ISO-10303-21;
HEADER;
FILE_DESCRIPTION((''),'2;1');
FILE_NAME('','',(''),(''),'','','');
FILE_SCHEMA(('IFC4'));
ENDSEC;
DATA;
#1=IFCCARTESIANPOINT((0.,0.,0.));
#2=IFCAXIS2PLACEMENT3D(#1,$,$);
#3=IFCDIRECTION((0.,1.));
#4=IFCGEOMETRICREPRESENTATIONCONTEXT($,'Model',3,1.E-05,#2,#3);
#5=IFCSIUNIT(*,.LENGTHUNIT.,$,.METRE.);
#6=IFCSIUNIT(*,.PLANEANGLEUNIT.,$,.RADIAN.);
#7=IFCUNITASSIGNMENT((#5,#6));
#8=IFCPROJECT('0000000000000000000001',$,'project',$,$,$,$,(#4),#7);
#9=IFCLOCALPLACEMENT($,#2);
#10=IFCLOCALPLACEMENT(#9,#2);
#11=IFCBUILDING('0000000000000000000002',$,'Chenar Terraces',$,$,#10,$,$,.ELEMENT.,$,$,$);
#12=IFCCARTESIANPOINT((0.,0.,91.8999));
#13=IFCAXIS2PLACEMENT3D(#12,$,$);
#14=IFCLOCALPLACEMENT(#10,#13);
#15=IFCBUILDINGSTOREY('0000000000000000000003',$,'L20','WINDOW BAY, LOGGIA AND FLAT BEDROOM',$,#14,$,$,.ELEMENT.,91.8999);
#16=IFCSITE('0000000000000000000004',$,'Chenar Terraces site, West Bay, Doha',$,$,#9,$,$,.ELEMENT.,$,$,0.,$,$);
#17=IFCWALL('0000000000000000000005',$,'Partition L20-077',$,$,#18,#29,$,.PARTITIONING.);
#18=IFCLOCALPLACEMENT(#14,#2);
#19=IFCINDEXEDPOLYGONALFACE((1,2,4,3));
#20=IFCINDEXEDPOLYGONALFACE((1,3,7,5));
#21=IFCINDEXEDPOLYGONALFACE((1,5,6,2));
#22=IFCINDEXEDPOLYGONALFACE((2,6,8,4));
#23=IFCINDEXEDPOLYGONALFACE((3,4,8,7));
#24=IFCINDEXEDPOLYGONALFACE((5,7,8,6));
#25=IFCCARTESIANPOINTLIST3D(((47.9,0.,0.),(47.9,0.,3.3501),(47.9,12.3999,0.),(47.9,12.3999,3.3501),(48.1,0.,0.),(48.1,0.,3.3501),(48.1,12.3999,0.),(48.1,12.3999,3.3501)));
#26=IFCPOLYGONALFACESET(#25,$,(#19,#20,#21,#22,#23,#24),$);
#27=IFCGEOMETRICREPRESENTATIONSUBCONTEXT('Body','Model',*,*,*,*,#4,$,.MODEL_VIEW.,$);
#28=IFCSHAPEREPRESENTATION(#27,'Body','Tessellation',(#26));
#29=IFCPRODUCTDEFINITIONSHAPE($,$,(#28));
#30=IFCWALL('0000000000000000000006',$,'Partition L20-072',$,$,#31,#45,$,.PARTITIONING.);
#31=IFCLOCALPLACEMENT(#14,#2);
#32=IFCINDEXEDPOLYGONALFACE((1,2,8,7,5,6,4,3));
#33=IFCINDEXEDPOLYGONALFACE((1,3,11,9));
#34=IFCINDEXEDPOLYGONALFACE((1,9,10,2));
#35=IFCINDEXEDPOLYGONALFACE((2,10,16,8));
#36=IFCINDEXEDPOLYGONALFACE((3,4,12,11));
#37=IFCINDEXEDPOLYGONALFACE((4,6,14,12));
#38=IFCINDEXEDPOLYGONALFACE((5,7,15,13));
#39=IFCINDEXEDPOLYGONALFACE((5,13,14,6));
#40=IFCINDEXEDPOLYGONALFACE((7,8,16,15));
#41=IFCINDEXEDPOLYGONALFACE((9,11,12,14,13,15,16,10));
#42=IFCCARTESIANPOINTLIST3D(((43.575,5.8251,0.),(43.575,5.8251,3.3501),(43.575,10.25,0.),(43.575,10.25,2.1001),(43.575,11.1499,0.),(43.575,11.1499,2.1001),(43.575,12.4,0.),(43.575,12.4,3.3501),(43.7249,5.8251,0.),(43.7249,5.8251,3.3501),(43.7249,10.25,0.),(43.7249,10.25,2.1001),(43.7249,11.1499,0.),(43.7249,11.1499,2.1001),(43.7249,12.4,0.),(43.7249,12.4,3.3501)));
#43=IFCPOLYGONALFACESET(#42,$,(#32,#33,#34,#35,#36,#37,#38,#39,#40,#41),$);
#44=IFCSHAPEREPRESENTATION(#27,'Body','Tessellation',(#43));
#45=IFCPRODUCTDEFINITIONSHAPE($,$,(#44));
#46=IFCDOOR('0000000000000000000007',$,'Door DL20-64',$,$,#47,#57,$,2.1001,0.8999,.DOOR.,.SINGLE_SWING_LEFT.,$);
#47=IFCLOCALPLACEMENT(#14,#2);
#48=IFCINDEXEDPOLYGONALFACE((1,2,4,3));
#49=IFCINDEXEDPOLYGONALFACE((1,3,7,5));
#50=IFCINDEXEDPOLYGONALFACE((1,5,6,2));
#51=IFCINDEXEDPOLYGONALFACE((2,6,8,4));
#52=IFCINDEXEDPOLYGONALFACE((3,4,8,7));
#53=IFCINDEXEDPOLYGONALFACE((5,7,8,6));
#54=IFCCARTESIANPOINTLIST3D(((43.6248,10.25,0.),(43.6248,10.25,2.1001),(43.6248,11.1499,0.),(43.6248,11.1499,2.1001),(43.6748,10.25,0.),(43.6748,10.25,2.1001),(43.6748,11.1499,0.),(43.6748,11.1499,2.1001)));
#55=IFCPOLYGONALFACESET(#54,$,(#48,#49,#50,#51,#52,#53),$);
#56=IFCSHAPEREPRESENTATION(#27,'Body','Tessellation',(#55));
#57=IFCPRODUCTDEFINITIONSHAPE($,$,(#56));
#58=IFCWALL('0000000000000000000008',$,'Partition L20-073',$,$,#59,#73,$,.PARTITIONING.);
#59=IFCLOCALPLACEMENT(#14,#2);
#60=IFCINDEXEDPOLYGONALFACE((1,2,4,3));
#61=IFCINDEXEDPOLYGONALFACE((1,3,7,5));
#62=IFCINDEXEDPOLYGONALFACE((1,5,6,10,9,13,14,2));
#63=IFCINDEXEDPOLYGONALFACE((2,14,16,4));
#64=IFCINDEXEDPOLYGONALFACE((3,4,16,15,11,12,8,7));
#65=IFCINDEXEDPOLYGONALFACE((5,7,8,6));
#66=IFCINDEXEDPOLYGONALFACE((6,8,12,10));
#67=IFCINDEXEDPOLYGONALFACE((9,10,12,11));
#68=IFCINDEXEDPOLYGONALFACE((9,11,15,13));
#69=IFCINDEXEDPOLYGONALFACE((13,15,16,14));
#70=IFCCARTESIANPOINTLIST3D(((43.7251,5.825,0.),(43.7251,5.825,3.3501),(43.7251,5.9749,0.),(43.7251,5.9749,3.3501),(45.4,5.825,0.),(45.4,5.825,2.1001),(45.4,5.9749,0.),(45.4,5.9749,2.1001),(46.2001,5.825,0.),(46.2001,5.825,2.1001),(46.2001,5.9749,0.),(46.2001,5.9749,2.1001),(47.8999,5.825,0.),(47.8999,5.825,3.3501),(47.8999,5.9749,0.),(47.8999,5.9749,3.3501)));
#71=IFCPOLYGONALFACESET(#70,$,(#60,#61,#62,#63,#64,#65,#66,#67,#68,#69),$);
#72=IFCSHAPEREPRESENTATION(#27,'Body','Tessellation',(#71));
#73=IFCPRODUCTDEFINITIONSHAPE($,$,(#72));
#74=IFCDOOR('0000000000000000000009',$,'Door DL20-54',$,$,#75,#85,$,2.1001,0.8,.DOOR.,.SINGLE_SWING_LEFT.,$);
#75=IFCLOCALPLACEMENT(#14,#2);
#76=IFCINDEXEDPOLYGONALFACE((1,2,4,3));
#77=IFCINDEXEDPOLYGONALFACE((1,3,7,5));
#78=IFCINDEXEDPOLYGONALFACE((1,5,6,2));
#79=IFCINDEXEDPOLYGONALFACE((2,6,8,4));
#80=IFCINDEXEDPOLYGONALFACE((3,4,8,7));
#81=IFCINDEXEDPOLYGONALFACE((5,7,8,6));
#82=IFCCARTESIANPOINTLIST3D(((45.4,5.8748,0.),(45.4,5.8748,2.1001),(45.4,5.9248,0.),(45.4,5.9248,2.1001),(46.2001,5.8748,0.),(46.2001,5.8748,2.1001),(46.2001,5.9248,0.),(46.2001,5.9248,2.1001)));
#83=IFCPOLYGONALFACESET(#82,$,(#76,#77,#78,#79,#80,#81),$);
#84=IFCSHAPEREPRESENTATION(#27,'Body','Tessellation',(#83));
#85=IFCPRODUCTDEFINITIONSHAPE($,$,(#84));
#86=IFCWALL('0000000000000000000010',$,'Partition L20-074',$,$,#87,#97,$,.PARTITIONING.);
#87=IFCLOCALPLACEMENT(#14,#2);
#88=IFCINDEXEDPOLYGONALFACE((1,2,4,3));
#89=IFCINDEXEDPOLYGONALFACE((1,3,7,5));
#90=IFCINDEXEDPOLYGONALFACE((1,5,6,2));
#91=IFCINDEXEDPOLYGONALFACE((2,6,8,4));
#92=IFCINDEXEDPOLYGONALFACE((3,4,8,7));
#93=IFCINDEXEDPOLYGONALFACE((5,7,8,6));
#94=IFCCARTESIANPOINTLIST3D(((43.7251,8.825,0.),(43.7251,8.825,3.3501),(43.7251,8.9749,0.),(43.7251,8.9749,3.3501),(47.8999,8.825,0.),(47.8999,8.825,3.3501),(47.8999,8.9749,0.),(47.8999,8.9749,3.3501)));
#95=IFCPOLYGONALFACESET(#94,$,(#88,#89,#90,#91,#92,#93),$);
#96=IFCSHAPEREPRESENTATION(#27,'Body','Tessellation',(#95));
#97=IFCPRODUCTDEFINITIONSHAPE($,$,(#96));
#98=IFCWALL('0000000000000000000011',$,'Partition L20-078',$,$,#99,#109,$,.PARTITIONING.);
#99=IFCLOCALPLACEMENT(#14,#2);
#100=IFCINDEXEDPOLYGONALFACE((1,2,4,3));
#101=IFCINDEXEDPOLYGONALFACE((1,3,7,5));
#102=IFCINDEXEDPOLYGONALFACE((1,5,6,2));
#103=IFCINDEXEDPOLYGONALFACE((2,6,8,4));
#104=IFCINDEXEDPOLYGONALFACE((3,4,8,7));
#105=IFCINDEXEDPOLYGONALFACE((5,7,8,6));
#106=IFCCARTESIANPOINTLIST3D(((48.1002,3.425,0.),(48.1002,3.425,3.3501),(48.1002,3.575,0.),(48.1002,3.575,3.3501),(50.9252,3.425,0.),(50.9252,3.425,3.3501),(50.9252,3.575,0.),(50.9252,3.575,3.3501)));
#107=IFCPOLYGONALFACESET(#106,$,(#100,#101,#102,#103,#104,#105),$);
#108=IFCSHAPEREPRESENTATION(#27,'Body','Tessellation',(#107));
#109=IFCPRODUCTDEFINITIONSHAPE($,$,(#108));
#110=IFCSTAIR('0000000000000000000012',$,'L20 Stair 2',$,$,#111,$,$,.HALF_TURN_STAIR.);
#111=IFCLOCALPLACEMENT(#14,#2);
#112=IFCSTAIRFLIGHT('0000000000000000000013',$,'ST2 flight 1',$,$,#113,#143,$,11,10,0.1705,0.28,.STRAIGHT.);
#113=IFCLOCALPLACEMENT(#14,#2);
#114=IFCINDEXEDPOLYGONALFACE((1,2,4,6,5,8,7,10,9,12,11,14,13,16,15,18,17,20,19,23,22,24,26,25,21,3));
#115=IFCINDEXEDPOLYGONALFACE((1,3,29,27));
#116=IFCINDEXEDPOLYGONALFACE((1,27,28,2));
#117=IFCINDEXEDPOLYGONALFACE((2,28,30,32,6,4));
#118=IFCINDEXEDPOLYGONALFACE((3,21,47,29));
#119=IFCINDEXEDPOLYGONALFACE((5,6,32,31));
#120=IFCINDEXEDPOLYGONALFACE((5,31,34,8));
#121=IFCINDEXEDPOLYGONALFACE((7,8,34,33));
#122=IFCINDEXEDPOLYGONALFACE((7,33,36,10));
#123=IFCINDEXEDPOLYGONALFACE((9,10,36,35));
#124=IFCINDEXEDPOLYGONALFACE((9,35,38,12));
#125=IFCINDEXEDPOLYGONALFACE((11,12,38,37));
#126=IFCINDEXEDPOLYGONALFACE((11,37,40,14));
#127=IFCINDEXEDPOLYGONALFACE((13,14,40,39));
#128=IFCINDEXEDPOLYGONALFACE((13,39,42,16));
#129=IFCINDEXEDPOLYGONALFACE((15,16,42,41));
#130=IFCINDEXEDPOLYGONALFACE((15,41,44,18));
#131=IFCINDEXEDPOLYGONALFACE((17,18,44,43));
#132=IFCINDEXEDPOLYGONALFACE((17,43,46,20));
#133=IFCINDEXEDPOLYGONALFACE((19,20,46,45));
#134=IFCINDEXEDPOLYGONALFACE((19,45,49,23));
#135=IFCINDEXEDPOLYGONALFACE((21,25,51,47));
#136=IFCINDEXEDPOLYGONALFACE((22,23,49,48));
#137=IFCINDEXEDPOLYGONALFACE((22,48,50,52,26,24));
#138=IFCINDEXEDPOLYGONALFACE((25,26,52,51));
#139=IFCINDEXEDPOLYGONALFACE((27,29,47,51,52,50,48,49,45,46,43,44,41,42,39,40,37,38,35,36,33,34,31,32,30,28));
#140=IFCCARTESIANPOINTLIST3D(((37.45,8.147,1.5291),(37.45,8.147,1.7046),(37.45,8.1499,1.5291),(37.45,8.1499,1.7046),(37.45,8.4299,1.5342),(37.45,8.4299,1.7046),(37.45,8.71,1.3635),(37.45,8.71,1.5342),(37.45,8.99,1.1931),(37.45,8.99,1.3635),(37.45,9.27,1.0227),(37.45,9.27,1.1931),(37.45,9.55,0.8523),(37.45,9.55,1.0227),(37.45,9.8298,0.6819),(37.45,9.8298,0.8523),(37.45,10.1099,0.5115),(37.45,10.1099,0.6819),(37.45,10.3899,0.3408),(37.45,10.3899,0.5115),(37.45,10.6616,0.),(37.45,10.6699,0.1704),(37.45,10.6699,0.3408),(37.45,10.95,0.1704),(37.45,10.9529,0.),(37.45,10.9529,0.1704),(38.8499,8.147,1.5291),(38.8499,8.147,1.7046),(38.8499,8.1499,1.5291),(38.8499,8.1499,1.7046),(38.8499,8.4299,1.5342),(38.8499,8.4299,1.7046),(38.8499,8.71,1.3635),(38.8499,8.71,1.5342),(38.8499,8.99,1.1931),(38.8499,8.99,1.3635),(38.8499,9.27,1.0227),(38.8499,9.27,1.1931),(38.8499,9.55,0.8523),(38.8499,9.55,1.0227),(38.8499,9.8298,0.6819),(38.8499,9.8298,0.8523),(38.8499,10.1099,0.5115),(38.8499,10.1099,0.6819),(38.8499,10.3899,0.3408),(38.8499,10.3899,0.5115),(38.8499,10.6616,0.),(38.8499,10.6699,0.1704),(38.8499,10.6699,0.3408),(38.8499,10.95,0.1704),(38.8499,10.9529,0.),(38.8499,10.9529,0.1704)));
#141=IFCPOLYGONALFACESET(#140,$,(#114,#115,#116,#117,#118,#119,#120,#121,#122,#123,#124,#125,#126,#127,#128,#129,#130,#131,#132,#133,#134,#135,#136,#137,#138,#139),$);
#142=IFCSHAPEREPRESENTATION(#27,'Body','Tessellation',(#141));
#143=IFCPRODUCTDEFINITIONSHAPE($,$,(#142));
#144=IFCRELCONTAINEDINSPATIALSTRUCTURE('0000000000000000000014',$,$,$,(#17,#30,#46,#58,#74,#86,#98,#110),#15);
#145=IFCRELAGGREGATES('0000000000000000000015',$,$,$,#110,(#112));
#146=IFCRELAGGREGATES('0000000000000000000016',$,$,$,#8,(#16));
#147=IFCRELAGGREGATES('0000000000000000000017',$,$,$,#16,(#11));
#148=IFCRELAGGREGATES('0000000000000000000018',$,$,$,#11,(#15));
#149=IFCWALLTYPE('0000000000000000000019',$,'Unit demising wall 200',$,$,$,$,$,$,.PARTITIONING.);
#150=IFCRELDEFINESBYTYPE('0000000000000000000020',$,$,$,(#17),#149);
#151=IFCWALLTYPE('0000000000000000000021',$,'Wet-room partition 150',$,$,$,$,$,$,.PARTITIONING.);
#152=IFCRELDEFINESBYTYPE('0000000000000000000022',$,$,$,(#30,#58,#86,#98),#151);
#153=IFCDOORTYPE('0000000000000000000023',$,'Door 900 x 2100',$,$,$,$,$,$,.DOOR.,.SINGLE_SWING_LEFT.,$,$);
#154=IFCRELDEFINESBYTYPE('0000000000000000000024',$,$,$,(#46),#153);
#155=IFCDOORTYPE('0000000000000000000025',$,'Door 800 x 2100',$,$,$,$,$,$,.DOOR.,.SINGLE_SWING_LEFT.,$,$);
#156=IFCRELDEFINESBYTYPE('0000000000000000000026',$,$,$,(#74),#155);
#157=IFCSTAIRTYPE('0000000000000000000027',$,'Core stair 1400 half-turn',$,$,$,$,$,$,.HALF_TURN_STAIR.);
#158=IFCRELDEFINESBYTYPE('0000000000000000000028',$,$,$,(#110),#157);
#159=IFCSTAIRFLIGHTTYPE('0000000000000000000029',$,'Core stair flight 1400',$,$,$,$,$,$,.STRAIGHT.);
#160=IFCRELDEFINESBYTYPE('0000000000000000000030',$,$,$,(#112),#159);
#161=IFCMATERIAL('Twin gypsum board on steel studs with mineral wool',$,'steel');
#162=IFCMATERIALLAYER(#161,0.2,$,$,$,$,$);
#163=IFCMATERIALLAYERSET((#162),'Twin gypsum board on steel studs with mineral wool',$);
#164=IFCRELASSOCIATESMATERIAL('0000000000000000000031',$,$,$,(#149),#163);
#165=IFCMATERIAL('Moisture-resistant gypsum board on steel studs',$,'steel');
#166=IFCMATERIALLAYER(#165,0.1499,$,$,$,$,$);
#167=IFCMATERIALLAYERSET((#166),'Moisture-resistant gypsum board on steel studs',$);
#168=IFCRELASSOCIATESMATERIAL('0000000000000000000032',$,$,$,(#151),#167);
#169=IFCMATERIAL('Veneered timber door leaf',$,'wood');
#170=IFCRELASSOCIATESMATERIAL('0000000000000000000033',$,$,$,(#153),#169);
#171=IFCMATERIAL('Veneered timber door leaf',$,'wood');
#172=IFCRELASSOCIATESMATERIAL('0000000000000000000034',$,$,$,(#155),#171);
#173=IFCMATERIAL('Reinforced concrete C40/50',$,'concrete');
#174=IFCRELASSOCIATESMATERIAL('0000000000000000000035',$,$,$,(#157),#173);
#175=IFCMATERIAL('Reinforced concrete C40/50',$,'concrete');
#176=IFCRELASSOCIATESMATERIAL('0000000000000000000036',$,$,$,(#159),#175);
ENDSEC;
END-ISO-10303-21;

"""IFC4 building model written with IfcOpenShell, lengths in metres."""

from ifc_helpers import new_model, si_unit, direction, frame, frame_2d, origin, place, context, subcontext, project, spatial, polyline, rectangle, outline, extrude, material, layer, layer_set, type_object, element, fill, aggregate, save


model = new_model("IFC4")

# Units and contexts
model_context = context("Model", 3, precision=1e-05, world=origin(), true_north=direction((0.0, 1.0)))
body_context = subcontext(model_context, "Body", "Model", "MODEL_VIEW")
ifc_project = project(units=[si_unit("LENGTHUNIT", "METRE"), si_unit("PLANEANGLEUNIT", "RADIAN")], contexts=[model_context])

# Site, building, storey
site_placement = place(None, origin())
site = spatial("IfcSite", under=ifc_project, at=site_placement, Name="Chenar Terraces site, West Bay, Doha", CompositionType="ELEMENT", RefElevation=0.0)
building_placement = place(site_placement, origin())
building = spatial("IfcBuilding", under=site, at=building_placement, Name="Chenar Terraces", CompositionType="ELEMENT")
storey_placement = place(building_placement, frame((0.0, 0.0, 91.8999)))
storey = spatial("IfcBuildingStorey", under=building, at=storey_placement, Name="L20", Description="WINDOW BAY, LOGGIA AND FLAT BEDROOM", CompositionType="ELEMENT", Elevation=91.8999)

# Wall
ifc_material_1 = material(Name="Twin gypsum board on steel studs with mineral wool", Category="steel")
ifc_layer_1 = layer(ifc_material_1, 0.2)
ifc_layer_set_1 = layer_set([ifc_layer_1], Name="Twin gypsum board on steel studs with mineral wool")
wall_type_1 = type_object("IfcWallType", Name="Unit demising wall 200", PredefinedType="PARTITIONING", material=ifc_layer_set_1)
wall_1_placement = place(storey_placement, frame((48.0, 0.0, 0.0), z_axis=(0.0, 0.0, 1.0), x_axis=(0.0, 1.0, 0.0)))
element("IfcWall", 1, at=wall_1_placement, inside=storey, type_object=wall_type_1, Name="Partition L20-077", PredefinedType="PARTITIONING", context=body_context, shape_type="SweptSolid", body=[
    extrude(rectangle(XDim=12.3999, YDim=0.2, at=frame_2d((6.2, 0.0))), origin(), (0.0, 0.0, 1.0), 3.3501),
])

# Walls, openings, doors
ifc_material_2 = material(Name="Moisture-resistant gypsum board on steel studs", Category="steel")
ifc_layer_2 = layer(ifc_material_2, 0.1499)
ifc_layer_set_2 = layer_set([ifc_layer_2], Name="Moisture-resistant gypsum board on steel studs")
wall_type_2 = type_object("IfcWallType", Name="Wet-room partition 150", PredefinedType="PARTITIONING", material=ifc_layer_set_2)
wall_2_placement = place(storey_placement, frame((43.6499, 5.825, 0.0), z_axis=(0.0, 0.0, 1.0), x_axis=(0.0, 1.0, 0.0)))
wall_2 = element("IfcWall", 2, at=wall_2_placement, inside=storey, type_object=wall_type_2, Name="Partition L20-072", PredefinedType="PARTITIONING", context=body_context, shape_type="SweptSolid", body=[
    extrude(rectangle(XDim=6.575, YDim=0.1499, at=frame_2d((3.2876, 0.0))), origin(), (0.0, 0.0, 1.0), 3.3501),
])
opening_1_placement = place(wall_2_placement, frame((4.425, 0.0, 0.0)))
opening_1 = element("IfcOpeningElement", 3, at=opening_1_placement, cuts=wall_2, PredefinedType="OPENING", context=body_context, shape_type="SweptSolid", body=[
    extrude(rectangle(XDim=0.8999, YDim=2.1001, at=frame_2d((0.45, 1.05))), frame((0.0, 0.085, 0.0), z_axis=(0.0, -1.0, 0.0), x_axis=(1.0, 0.0, 0.0)), (0.0, 0.0, 1.0), 0.1699),
])
ifc_material_3 = material(Name="Veneered timber door leaf", Category="wood")
door_type_1 = type_object("IfcDoorType", Name="Door 900 x 2100", OperationType="SINGLE_SWING_LEFT", PredefinedType="DOOR", material=ifc_material_3)
door_1_placement = place(opening_1_placement, frame((0.8999, 0.0, 0.0), z_axis=(0.0, 0.0, 1.0), x_axis=(-1.0, 0.0, 0.0)))
door_1 = element("IfcDoor", 4, at=door_1_placement, inside=storey, type_object=door_type_1, Name="Door DL20-64", OperationType="SINGLE_SWING_LEFT", OverallHeight=2.1001, OverallWidth=0.8999, PredefinedType="DOOR", context=body_context, shape_type="SweptSolid", body=[
    extrude(rectangle(XDim=0.8999, YDim=2.1001, at=frame_2d((0.45, 1.05))), frame((0.0, 0.0249, 0.0), z_axis=(0.0, -1.0, 0.0), x_axis=(1.0, 0.0, 0.0)), (0.0, 0.0, 1.0), 0.05),
])
fill(opening_1, door_1)
wall_3_placement = place(storey_placement, frame((43.7251, 5.8999, 0.0), z_axis=(0.0, 0.0, 1.0), x_axis=(1.0, 0.0, 0.0)))
wall_3 = element("IfcWall", 5, at=wall_3_placement, inside=storey, type_object=wall_type_2, Name="Partition L20-073", PredefinedType="PARTITIONING", context=body_context, shape_type="SweptSolid", body=[
    extrude(rectangle(XDim=4.1748, YDim=0.1499, at=frame_2d((2.0874, 0.0))), origin(), (0.0, 0.0, 1.0), 3.3501),
])
opening_2_placement = place(wall_3_placement, frame((1.675, 0.0, 0.0)))
opening_2 = element("IfcOpeningElement", 6, at=opening_2_placement, cuts=wall_3, PredefinedType="OPENING", context=body_context, shape_type="SweptSolid", body=[
    extrude(rectangle(XDim=0.8, YDim=2.1001, at=frame_2d((0.3999, 1.05))), frame((0.0, 0.085, 0.0), z_axis=(0.0, -1.0, 0.0), x_axis=(1.0, 0.0, 0.0)), (0.0, 0.0, 1.0), 0.1699),
])
ifc_material_4 = material(Name="Veneered timber door leaf", Category="wood")
door_type_2 = type_object("IfcDoorType", Name="Door 800 x 2100", OperationType="SINGLE_SWING_LEFT", PredefinedType="DOOR", material=ifc_material_4)
door_2_placement = place(opening_2_placement, origin())
door_2 = element("IfcDoor", 7, at=door_2_placement, inside=storey, type_object=door_type_2, Name="Door DL20-54", OperationType="SINGLE_SWING_LEFT", OverallHeight=2.1001, OverallWidth=0.8, PredefinedType="DOOR", context=body_context, shape_type="SweptSolid", body=[
    extrude(rectangle(XDim=0.8, YDim=2.1001, at=frame_2d((0.3999, 1.05))), frame((0.0, 0.0249, 0.0), z_axis=(0.0, -1.0, 0.0), x_axis=(1.0, 0.0, 0.0)), (0.0, 0.0, 1.0), 0.05),
])
fill(opening_2, door_2)

# Walls
wall_4_placement = place(storey_placement, frame((43.7251, 8.8999, 0.0), z_axis=(0.0, 0.0, 1.0), x_axis=(1.0, 0.0, 0.0)))
element("IfcWall", 8, at=wall_4_placement, inside=storey, type_object=wall_type_2, Name="Partition L20-074", PredefinedType="PARTITIONING", context=body_context, shape_type="SweptSolid", body=[
    extrude(rectangle(XDim=4.1748, YDim=0.1499, at=frame_2d((2.0874, 0.0))), origin(), (0.0, 0.0, 1.0), 3.3501),
])
wall_5_placement = place(storey_placement, frame((48.1001, 3.5, 0.0), z_axis=(0.0, 0.0, 1.0), x_axis=(1.0, 0.0, 0.0)))
element("IfcWall", 9, at=wall_5_placement, inside=storey, type_object=wall_type_2, Name="Partition L20-078", PredefinedType="PARTITIONING", context=body_context, shape_type="SweptSolid", body=[
    extrude(rectangle(XDim=2.825, YDim=0.1499, at=frame_2d((1.4126, 0.0))), origin(), (0.0, 0.0, 1.0), 3.3501),
])

# Stair, stair flight
ifc_material_5 = material(Name="Reinforced concrete C40/50", Category="concrete")
stair_type = type_object("IfcStairType", Name="Core stair 1400 half-turn", PredefinedType="HALF_TURN_STAIR", material=ifc_material_5)
stair_placement = place(storey_placement, origin())
stair = element("IfcStair", 10, at=stair_placement, inside=storey, type_object=stair_type, Name="L20 Stair 2", PredefinedType="HALF_TURN_STAIR")
ifc_material_6 = material(Name="Reinforced concrete C40/50", Category="concrete")
stair_flight_type = type_object("IfcStairFlightType", Name="Core stair flight 1400", PredefinedType="STRAIGHT", material=ifc_material_6)
stair_flight_1_placement = place(storey_placement, frame((38.1499, 10.95, 0.0), z_axis=(0.0, 0.0, 1.0), x_axis=(0.0, -1.0, 0.0)))
stair_flight_1 = element("IfcStairFlight", 11, at=stair_flight_1_placement, type_object=stair_flight_type, Name="ST2 flight 1", NumberOfRisers=11, NumberOfTreads=10, PredefinedType="STRAIGHT", RiserHeight=0.1705, TreadLength=0.28, context=body_context, shape_type="SweptSolid", body=[
    extrude(outline(polyline([(-0.0029, 0.0), (-0.0029, 0.1704), (0.0, 0.1704), (0.28, 0.1704), (0.28, 0.3408), (0.5601, 0.3408), (0.5601, 0.5115), (0.8401, 0.5115), (0.8401, 0.6819), (1.1201, 0.6819), (1.1201, 0.8523), (1.3999, 0.8523), (1.3999, 1.0227), (1.6799, 1.0227), (1.6799, 1.1931), (1.96, 1.1931), (1.96, 1.3635), (2.24, 1.3635), (2.24, 1.5342), (2.52, 1.5342), (2.52, 1.7046), (2.8, 1.7046), (2.803, 1.7046), (2.803, 1.5291), (2.8, 1.5291), (0.2883, 0.0), (-0.0029, 0.0)])), frame((0.0, 0.7, 0.0), z_axis=(0.0, -1.0, 0.0), x_axis=(1.0, 0.0, 0.0)), (0.0, 0.0, 1.0), 1.3999),
])
aggregate(stair, [stair_flight_1])

save(model, "model.ifc")
